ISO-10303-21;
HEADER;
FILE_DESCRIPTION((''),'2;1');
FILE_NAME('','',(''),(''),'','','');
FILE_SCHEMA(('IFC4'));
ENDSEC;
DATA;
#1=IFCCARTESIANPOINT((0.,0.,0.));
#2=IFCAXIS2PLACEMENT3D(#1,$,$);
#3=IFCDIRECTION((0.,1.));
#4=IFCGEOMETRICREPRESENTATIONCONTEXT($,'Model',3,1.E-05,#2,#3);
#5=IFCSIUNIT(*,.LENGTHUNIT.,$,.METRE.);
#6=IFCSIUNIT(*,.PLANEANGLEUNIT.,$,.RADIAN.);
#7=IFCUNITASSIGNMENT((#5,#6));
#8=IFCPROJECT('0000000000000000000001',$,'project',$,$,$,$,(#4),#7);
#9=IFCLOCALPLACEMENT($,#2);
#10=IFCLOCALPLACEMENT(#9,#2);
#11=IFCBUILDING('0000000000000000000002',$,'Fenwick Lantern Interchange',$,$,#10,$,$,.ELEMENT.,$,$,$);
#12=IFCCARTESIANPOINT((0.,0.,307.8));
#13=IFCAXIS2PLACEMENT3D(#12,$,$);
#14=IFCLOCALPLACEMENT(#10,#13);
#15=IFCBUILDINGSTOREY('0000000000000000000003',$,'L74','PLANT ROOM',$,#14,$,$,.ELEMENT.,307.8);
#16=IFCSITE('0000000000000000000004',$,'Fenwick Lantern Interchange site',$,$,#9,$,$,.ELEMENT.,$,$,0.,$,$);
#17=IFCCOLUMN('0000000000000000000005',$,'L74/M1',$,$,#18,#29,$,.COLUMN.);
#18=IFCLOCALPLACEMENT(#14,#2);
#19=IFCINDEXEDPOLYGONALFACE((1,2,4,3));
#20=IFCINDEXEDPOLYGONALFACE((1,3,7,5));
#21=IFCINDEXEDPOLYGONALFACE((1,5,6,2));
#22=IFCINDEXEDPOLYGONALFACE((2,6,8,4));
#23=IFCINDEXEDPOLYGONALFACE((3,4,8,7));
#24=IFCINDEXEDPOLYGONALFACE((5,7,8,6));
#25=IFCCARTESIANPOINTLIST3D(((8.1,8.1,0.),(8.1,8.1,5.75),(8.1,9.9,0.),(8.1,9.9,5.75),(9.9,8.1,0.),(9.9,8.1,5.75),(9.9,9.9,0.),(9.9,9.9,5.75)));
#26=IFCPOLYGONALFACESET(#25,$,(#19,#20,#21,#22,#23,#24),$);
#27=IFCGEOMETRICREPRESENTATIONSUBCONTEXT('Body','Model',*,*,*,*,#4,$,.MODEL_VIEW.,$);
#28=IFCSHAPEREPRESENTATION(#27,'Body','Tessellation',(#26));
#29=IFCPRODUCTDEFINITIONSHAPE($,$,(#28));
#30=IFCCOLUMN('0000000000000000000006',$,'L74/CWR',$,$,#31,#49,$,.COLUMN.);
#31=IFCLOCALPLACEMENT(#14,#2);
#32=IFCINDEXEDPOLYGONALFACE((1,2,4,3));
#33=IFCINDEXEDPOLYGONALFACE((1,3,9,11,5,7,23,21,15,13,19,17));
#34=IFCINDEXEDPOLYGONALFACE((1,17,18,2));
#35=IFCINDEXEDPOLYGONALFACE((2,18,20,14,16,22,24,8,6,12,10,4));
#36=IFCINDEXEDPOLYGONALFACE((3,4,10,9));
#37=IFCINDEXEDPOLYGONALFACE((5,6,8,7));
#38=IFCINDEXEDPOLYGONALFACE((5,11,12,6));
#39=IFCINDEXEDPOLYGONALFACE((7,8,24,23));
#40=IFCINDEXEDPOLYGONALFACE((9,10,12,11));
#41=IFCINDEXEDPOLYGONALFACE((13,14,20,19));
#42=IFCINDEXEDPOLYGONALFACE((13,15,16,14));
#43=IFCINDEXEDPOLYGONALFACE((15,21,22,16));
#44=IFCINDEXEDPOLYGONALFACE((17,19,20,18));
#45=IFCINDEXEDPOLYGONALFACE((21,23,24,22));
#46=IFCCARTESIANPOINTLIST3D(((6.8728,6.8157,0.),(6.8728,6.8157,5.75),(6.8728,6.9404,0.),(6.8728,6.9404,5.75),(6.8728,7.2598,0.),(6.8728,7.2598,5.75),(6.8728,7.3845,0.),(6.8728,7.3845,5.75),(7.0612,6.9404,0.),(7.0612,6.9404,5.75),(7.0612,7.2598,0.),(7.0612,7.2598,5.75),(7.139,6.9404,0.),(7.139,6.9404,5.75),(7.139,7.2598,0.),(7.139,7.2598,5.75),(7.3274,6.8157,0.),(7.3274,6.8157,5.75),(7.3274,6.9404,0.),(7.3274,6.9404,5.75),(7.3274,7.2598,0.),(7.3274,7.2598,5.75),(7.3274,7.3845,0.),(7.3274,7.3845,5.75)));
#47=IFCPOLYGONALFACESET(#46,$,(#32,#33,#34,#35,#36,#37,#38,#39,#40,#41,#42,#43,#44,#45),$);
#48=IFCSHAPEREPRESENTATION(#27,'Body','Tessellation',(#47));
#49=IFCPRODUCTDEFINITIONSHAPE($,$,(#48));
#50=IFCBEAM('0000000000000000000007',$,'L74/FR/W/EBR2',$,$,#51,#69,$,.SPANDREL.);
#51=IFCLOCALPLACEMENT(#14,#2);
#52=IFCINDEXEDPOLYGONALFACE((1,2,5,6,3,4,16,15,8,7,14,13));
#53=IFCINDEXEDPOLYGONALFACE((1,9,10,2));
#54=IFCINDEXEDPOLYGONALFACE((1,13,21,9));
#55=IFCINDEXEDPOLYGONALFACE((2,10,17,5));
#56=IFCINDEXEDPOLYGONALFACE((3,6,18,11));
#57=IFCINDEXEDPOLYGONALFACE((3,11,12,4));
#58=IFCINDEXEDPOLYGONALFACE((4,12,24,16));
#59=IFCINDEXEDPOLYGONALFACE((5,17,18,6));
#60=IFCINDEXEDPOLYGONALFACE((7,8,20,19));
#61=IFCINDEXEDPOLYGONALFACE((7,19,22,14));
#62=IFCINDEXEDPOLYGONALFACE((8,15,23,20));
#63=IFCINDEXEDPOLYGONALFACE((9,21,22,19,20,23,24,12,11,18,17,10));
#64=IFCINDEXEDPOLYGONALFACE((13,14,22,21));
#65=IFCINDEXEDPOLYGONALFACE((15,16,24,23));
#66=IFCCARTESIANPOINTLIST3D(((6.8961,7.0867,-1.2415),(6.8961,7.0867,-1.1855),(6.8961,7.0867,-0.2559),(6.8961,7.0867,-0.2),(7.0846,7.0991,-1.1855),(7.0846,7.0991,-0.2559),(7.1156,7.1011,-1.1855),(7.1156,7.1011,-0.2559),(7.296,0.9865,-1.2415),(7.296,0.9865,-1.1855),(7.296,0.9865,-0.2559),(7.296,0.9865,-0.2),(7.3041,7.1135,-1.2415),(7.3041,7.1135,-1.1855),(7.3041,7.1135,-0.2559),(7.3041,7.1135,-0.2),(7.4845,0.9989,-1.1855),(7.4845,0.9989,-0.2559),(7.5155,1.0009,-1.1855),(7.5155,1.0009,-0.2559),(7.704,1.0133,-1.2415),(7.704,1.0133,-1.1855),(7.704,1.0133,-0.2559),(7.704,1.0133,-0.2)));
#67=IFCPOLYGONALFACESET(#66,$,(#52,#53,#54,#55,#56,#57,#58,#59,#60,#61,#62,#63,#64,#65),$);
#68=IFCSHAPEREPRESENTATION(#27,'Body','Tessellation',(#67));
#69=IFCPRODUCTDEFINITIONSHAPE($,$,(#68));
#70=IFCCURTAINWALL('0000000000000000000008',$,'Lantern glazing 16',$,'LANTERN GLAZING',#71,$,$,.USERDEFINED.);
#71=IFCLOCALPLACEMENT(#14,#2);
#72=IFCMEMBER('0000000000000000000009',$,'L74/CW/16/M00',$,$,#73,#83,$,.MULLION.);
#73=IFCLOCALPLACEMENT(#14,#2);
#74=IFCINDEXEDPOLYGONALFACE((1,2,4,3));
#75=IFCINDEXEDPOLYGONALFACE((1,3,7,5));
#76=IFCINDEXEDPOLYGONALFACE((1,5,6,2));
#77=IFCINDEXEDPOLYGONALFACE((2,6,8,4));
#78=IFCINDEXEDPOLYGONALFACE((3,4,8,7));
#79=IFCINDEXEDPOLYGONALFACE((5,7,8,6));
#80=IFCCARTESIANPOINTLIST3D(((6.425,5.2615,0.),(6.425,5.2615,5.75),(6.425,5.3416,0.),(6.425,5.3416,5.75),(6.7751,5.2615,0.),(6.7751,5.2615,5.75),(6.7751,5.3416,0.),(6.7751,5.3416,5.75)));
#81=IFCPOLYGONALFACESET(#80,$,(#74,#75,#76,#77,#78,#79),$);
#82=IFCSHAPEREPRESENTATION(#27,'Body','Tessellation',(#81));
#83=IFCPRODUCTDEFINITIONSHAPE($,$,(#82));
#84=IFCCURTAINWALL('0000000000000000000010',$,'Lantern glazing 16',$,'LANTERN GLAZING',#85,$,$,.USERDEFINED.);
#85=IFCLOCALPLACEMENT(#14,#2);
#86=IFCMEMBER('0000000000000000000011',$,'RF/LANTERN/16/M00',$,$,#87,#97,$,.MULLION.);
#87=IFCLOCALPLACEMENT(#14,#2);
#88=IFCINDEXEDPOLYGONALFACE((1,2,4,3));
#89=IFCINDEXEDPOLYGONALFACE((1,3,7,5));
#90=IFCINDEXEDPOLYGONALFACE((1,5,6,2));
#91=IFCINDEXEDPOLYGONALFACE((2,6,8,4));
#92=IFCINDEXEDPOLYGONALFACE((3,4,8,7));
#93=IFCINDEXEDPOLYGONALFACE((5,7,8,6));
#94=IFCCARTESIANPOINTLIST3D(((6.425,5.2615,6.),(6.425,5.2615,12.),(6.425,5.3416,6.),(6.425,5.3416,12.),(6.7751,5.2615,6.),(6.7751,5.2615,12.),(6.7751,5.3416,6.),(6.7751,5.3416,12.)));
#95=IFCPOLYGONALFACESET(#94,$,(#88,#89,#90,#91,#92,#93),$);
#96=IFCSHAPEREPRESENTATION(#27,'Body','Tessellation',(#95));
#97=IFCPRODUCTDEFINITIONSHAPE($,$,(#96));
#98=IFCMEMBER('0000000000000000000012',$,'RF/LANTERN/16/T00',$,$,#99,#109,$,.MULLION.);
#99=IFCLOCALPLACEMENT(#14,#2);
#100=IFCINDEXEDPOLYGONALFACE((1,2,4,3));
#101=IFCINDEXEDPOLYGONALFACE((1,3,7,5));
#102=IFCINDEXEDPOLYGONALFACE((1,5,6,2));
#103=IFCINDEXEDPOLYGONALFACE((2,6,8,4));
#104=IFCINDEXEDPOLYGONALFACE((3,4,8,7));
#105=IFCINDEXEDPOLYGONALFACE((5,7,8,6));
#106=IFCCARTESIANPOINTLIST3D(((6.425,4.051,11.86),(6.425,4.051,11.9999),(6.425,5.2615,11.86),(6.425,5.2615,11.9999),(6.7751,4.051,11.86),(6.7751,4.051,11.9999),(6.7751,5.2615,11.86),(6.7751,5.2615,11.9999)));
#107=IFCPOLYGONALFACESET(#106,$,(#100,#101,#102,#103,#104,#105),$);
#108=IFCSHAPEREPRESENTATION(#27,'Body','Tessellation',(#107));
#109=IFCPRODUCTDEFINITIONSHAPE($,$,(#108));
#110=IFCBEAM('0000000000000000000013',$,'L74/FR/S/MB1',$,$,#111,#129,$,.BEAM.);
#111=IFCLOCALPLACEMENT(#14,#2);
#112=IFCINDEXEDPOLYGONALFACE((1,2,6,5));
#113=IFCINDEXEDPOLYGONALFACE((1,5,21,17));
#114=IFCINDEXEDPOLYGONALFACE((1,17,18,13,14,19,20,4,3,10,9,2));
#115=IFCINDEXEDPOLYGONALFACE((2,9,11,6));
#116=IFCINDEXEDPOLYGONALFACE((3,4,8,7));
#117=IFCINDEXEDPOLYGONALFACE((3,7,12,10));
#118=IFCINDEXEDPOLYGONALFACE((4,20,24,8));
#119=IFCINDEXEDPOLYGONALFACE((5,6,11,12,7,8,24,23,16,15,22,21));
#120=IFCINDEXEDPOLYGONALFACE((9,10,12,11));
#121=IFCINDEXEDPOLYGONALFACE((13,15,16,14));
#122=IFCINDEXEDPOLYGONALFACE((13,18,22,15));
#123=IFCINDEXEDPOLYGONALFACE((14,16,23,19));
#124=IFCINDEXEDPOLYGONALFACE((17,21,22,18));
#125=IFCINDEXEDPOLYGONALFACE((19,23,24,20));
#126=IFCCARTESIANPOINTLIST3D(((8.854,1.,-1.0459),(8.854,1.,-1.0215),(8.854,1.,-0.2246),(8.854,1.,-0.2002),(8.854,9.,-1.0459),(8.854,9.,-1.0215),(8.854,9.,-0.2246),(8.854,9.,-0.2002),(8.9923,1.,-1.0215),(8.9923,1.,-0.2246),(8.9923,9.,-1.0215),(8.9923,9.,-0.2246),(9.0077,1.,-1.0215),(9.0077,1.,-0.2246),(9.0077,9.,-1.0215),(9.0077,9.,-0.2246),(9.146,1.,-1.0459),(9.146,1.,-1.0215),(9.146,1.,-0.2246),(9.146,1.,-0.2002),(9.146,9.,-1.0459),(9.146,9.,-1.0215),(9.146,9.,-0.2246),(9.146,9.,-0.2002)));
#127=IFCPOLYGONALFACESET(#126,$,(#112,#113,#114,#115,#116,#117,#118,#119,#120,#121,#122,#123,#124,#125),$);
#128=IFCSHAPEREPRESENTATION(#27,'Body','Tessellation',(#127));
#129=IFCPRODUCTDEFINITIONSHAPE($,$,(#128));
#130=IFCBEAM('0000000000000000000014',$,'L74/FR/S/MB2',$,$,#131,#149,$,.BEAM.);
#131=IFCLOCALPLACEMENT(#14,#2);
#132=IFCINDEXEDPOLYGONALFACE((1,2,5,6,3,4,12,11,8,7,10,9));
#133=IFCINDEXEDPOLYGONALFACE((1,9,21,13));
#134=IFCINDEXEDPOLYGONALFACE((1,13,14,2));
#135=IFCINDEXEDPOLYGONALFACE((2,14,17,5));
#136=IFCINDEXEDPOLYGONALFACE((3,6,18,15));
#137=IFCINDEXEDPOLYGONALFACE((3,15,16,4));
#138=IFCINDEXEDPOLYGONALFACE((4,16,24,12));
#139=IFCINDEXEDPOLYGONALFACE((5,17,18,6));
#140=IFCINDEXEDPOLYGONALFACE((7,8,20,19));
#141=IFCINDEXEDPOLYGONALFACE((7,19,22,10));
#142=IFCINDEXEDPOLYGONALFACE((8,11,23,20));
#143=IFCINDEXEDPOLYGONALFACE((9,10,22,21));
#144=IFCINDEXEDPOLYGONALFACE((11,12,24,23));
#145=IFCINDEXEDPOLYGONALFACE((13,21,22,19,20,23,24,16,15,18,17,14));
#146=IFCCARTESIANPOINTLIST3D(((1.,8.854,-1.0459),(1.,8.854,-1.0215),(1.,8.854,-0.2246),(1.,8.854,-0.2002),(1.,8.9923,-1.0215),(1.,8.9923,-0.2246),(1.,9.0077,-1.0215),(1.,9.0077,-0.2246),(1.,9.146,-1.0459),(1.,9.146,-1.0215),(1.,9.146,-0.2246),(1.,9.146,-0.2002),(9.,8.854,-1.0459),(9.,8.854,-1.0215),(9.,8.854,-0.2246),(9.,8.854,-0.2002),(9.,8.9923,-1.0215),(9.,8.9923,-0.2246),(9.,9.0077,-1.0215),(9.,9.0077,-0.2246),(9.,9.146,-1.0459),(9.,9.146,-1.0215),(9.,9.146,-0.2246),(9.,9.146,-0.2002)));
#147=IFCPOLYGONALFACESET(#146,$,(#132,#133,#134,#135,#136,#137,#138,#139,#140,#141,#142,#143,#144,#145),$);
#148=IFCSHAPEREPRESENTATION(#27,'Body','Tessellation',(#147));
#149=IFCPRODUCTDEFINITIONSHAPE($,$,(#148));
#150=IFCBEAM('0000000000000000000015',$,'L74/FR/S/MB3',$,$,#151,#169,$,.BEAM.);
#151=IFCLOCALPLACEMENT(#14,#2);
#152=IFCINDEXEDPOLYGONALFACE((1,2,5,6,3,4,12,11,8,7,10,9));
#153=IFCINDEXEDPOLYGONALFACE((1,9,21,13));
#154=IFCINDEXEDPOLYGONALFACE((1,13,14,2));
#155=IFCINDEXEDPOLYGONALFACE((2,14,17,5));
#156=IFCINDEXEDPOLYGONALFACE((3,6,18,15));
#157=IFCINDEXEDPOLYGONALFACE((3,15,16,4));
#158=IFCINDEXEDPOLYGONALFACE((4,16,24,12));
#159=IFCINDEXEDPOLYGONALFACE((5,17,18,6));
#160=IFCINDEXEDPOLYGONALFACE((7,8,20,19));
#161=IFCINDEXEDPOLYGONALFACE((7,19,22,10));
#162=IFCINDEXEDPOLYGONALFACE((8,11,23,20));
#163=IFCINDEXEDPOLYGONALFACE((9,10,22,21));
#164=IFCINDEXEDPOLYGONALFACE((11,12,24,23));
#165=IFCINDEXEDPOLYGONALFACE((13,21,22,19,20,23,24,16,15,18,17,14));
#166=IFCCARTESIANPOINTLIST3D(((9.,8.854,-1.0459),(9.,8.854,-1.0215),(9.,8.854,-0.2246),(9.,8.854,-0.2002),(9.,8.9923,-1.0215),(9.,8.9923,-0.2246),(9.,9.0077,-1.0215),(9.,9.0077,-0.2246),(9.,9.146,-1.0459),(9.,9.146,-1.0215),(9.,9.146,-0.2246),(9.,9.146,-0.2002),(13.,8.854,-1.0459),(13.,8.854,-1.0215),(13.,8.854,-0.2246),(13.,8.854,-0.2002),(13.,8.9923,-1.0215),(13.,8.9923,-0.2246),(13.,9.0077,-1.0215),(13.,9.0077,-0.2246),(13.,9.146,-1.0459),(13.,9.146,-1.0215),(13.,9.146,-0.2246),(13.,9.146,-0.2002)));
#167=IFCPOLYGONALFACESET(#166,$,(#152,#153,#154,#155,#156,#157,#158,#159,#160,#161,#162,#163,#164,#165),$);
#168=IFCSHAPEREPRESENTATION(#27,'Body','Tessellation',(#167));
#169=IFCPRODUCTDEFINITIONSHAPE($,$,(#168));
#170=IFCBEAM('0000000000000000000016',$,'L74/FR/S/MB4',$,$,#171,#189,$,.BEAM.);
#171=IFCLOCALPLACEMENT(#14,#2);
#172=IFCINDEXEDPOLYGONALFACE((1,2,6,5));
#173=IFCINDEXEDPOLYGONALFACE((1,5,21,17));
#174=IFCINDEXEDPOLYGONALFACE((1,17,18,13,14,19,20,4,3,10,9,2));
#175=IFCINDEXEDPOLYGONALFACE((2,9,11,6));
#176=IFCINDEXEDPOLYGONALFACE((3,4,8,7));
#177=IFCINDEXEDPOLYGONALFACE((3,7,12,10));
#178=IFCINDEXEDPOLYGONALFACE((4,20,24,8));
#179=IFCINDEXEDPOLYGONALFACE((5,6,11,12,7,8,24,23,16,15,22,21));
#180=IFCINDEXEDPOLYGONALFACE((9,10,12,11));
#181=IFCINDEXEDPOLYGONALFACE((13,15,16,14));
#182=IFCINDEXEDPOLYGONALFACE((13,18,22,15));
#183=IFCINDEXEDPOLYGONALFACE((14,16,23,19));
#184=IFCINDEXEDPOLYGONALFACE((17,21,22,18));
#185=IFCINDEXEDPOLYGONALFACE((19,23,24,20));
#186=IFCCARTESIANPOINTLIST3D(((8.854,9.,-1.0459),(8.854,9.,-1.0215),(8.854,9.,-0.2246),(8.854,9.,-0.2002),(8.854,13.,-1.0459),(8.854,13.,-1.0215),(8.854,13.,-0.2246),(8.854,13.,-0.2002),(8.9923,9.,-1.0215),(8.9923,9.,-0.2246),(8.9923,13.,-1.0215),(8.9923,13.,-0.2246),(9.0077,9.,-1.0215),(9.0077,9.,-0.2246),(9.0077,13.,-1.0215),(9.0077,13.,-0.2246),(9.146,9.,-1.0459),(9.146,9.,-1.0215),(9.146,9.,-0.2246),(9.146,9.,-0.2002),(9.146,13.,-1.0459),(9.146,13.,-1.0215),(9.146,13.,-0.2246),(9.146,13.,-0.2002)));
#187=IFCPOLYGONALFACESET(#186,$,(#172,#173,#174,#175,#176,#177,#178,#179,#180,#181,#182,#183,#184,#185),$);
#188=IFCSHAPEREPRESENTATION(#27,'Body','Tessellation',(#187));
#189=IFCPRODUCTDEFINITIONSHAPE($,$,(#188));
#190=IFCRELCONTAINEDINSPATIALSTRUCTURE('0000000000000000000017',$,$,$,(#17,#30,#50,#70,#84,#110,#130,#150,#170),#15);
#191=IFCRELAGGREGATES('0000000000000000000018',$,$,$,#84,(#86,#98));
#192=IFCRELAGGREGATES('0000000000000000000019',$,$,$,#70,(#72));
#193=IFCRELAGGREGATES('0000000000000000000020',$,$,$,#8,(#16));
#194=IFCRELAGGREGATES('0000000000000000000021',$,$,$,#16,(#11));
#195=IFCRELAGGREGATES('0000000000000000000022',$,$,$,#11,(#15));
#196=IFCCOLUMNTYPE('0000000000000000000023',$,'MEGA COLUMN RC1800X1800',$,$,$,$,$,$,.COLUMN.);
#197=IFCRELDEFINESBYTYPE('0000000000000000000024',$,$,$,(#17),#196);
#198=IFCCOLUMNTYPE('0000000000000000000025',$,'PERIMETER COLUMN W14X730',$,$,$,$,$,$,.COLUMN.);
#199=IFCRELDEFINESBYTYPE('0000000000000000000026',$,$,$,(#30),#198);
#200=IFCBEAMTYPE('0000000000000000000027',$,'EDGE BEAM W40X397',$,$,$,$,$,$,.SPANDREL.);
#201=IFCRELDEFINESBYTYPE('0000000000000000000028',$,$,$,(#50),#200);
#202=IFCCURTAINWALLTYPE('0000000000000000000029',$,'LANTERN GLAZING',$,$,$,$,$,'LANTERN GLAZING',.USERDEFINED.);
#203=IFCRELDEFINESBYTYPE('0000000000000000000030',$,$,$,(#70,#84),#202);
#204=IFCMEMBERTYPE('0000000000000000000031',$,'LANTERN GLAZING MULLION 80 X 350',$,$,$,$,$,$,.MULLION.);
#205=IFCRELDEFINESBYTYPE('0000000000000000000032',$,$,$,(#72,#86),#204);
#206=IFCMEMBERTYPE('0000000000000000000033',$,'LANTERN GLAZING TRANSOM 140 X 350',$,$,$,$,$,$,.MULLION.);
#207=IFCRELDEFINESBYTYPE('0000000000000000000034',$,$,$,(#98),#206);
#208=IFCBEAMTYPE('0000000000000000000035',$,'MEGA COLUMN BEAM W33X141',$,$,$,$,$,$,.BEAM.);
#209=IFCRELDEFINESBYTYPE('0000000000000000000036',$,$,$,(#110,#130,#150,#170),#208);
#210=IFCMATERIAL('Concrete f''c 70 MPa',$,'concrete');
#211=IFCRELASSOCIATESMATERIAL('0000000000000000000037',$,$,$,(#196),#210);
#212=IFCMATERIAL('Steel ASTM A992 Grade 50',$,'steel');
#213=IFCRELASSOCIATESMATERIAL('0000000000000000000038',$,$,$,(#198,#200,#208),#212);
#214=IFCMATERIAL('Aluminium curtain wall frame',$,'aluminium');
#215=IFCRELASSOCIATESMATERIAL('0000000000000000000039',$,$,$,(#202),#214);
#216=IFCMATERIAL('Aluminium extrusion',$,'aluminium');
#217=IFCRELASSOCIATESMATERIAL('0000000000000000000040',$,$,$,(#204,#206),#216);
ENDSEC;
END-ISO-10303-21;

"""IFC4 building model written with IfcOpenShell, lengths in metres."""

from ifc_helpers import new_model, si_unit, direction, frame, origin, origin_2d, place, context, subcontext, project, spatial, rectangle, i_section, extrude, material, material_profile, profile_set, type_object, element, aggregate, save


model = new_model("IFC4")

# Units and contexts
model_context = context("Model", 3, precision=1e-05, world=origin(), true_north=direction((0.0, 1.0)))
body_context = subcontext(model_context, "Body", "Model", "MODEL_VIEW")
ifc_project = project(units=[si_unit("LENGTHUNIT", "METRE"), si_unit("PLANEANGLEUNIT", "RADIAN")], contexts=[model_context])

# Site, building, storey
site_placement = place(None, origin())
site = spatial("IfcSite", under=ifc_project, at=site_placement, Name="Fenwick Lantern Interchange site", CompositionType="ELEMENT", RefElevation=0.0)
building_placement = place(site_placement, origin())
building = spatial("IfcBuilding", under=site, at=building_placement, Name="Fenwick Lantern Interchange", CompositionType="ELEMENT")
storey_placement = place(building_placement, frame((0.0, 0.0, 307.8)))
storey = spatial("IfcBuildingStorey", under=building, at=storey_placement, Name="L74", Description="PLANT ROOM", CompositionType="ELEMENT", Elevation=307.8)

# Columns
ifc_material_1 = material(Name="Concrete f'c 70 MPa", Category="concrete")
ifc_material_profile_1 = material_profile(ifc_material_1, rectangle(XDim=1.8, YDim=1.8, at=origin_2d()), Name="RC1800X1800")
ifc_profile_set_1 = profile_set([ifc_material_profile_1], Name="Concrete f'c 70 MPa")
column_type_1 = type_object("IfcColumnType", Name="MEGA COLUMN RC1800X1800", PredefinedType="COLUMN", material=ifc_profile_set_1)
column_1_placement = place(storey_placement, frame((9.0, 9.0, 0.0), z_axis=(0.0, 0.0, 1.0), x_axis=(1.0, 0.0, 0.0)))
element("IfcColumn", 1, at=column_1_placement, inside=storey, type_object=column_type_1, Name="L74/M1", PredefinedType="COLUMN", context=body_context, shape_type="SweptSolid", body=[
    extrude(rectangle(XDim=1.8, YDim=1.8, at=origin_2d()), origin(), (0.0, 0.0, 1.0), 5.75),
])
ifc_material_2 = material(Name="Steel ASTM A992 Grade 50", Category="steel")
ifc_material_profile_2 = material_profile(ifc_material_2, i_section(OverallWidth=0.4546, OverallDepth=0.5688, WebThickness=0.0779, FlangeThickness=0.1248, at=origin_2d()), Name="W14X730")
ifc_profile_set_2 = profile_set([ifc_material_profile_2], Name="Steel ASTM A992 Grade 50")
column_type_2 = type_object("IfcColumnType", Name="PERIMETER COLUMN W14X730", PredefinedType="COLUMN", material=ifc_profile_set_2)
column_2_placement = place(storey_placement, frame((7.1001, 7.1001, 0.0), z_axis=(0.0, 0.0, 1.0), x_axis=(1.0, 0.0, 0.0)))
element("IfcColumn", 2, at=column_2_placement, inside=storey, type_object=column_type_2, Name="L74/CWR", PredefinedType="COLUMN", context=body_context, shape_type="SweptSolid", body=[
    extrude(i_section(OverallWidth=0.4546, OverallDepth=0.5688, WebThickness=0.0779, FlangeThickness=0.1248, at=origin_2d()), origin(), (0.0, 0.0, 1.0), 5.75),
])

# Beam
ifc_material_profile_3 = material_profile(ifc_material_2, i_section(OverallWidth=0.4089, OverallDepth=1.0415, WebThickness=0.031, FlangeThickness=0.0559, at=origin_2d()), Name="W40X397")
ifc_profile_set_3 = profile_set([ifc_material_profile_3], Name="Steel ASTM A992 Grade 50")
beam_type_1 = type_object("IfcBeamType", Name="EDGE BEAM W40X397", PredefinedType="SPANDREL", material=ifc_profile_set_3)
beam_1_placement = place(storey_placement, frame((7.1001, 7.1001, -0.7207), z_axis=(0.065416, -0.997858, 0.0), x_axis=(0.997858, 0.065416, 0.0)))
element("IfcBeam", 3, at=beam_1_placement, inside=storey, type_object=beam_type_1, Name="L74/FR/W/EBR2", PredefinedType="SPANDREL", context=body_context, shape_type="SweptSolid", body=[
    extrude(i_section(OverallWidth=0.4089, OverallDepth=1.0415, WebThickness=0.031, FlangeThickness=0.0559, at=origin_2d()), origin(), (0.0, 0.0, 1.0), 6.1133),
])

# Curtain wall, member
ifc_material_3 = material(Name="Aluminium curtain wall frame", Category="aluminium")
curtain_wall_type = type_object("IfcCurtainWallType", Name="LANTERN GLAZING", ElementType="LANTERN GLAZING", PredefinedType="USERDEFINED", material=ifc_material_3)
curtain_wall_1_placement = place(storey_placement, origin())
curtain_wall_1 = element("IfcCurtainWall", 4, at=curtain_wall_1_placement, inside=storey, type_object=curtain_wall_type, Name="Lantern glazing 16", ObjectType="LANTERN GLAZING", PredefinedType="USERDEFINED")
ifc_material_4 = material(Name="Aluminium extrusion", Category="aluminium")
ifc_material_profile_4 = material_profile(ifc_material_4, rectangle(XDim=0.3501, YDim=0.0801, at=origin_2d()), Name="LANTERN GLAZING MULLION 80 X 350")
ifc_profile_set_4 = profile_set([ifc_material_profile_4], Name="Aluminium extrusion")
member_type_1 = type_object("IfcMemberType", Name="LANTERN GLAZING MULLION 80 X 350", PredefinedType="MULLION", material=ifc_profile_set_4)
member_1_placement = place(storey_placement, frame((6.6001, 5.3015, 0.0), z_axis=(0.0, 0.0, 1.0), x_axis=(1.0, 0.0, 0.0)))
member_1 = element("IfcMember", 5, at=member_1_placement, type_object=member_type_1, Name="L74/CW/16/M00", PredefinedType="MULLION", context=body_context, shape_type="SweptSolid", body=[
    extrude(rectangle(XDim=0.3501, YDim=0.0801, at=origin_2d()), origin(), (0.0, 0.0, 1.0), 5.75),
])

# Curtain wall, members
curtain_wall_2_placement = place(storey_placement, origin())
curtain_wall_2 = element("IfcCurtainWall", 6, at=curtain_wall_2_placement, inside=storey, type_object=curtain_wall_type, Name="Lantern glazing 16", ObjectType="LANTERN GLAZING", PredefinedType="USERDEFINED")
member_2_placement = place(storey_placement, frame((6.6001, 5.3015, 6.0), z_axis=(0.0, 0.0, 1.0), x_axis=(1.0, 0.0, 0.0)))
member_2 = element("IfcMember", 7, at=member_2_placement, type_object=member_type_1, Name="RF/LANTERN/16/M00", PredefinedType="MULLION", context=body_context, shape_type="SweptSolid", body=[
    extrude(rectangle(XDim=0.3501, YDim=0.0801, at=origin_2d()), origin(), (0.0, 0.0, 1.0), 6.0),
])
ifc_material_profile_5 = material_profile(ifc_material_4, rectangle(XDim=0.3501, YDim=0.1399, at=origin_2d()), Name="LANTERN GLAZING TRANSOM 140 X 350")
ifc_profile_set_5 = profile_set([ifc_material_profile_5], Name="Aluminium extrusion")
member_type_2 = type_object("IfcMemberType", Name="LANTERN GLAZING TRANSOM 140 X 350", PredefinedType="MULLION", material=ifc_profile_set_5)
member_3_placement = place(storey_placement, frame((6.6001, 5.2615, 11.9299), z_axis=(0.0, -1.0, 0.0), x_axis=(1.0, 0.0, 0.0)))
member_3 = element("IfcMember", 8, at=member_3_placement, type_object=member_type_2, Name="RF/LANTERN/16/T00", PredefinedType="MULLION", context=body_context, shape_type="SweptSolid", body=[
    extrude(rectangle(XDim=0.3501, YDim=0.1399, at=origin_2d()), origin(), (0.0, 0.0, 1.0), 1.2104),
])
aggregate(curtain_wall_2, [member_2, member_3])

# Beams
ifc_material_profile_6 = material_profile(ifc_material_2, i_section(OverallWidth=0.292, OverallDepth=0.8457, WebThickness=0.0154, FlangeThickness=0.0244, at=origin_2d()), Name="W33X141")
ifc_profile_set_6 = profile_set([ifc_material_profile_6], Name="Steel ASTM A992 Grade 50")
beam_type_2 = type_object("IfcBeamType", Name="MEGA COLUMN BEAM W33X141", PredefinedType="BEAM", material=ifc_profile_set_6)
for number, where, z_axis, x_axis, name in (
    (9, (9.0, 9.0, -0.623), (0.0, -1.0, 0.0), (1.0, 0.0, 0.0), "L74/FR/S/MB1"),
    (10, (9.0, 9.0, -0.623), (-1.0, 0.0, 0.0), (0.0, -1.0, 0.0), "L74/FR/S/MB2"),
):
    element("IfcBeam", number, at=place(storey_placement, frame(where, z_axis=z_axis, x_axis=x_axis)), inside=storey, type_object=beam_type_2, Name=name, PredefinedType="BEAM", context=body_context, shape_type="SweptSolid", body=[
        extrude(i_section(OverallWidth=0.292, OverallDepth=0.8457, WebThickness=0.0154, FlangeThickness=0.0244, at=origin_2d()), origin(), (0.0, 0.0, 1.0), 8.0),
    ])
for number, where, z_axis, x_axis, name in (
    (11, (9.0, 9.0, -0.623), (1.0, 0.0, 0.0), (0.0, 1.0, 0.0), "L74/FR/S/MB3"),
    (12, (9.0, 9.0, -0.623), (0.0, 1.0, 0.0), (-1.0, 0.0, 0.0), "L74/FR/S/MB4"),
):
    element("IfcBeam", number, at=place(storey_placement, frame(where, z_axis=z_axis, x_axis=x_axis)), inside=storey, type_object=beam_type_2, Name=name, PredefinedType="BEAM", context=body_context, shape_type="SweptSolid", body=[
        extrude(i_section(OverallWidth=0.292, OverallDepth=0.8457, WebThickness=0.0154, FlangeThickness=0.0244, at=origin_2d()), origin(), (0.0, 0.0, 1.0), 4.0),
    ])

aggregate(curtain_wall_1, [member_1])

save(model, "model.ifc")
